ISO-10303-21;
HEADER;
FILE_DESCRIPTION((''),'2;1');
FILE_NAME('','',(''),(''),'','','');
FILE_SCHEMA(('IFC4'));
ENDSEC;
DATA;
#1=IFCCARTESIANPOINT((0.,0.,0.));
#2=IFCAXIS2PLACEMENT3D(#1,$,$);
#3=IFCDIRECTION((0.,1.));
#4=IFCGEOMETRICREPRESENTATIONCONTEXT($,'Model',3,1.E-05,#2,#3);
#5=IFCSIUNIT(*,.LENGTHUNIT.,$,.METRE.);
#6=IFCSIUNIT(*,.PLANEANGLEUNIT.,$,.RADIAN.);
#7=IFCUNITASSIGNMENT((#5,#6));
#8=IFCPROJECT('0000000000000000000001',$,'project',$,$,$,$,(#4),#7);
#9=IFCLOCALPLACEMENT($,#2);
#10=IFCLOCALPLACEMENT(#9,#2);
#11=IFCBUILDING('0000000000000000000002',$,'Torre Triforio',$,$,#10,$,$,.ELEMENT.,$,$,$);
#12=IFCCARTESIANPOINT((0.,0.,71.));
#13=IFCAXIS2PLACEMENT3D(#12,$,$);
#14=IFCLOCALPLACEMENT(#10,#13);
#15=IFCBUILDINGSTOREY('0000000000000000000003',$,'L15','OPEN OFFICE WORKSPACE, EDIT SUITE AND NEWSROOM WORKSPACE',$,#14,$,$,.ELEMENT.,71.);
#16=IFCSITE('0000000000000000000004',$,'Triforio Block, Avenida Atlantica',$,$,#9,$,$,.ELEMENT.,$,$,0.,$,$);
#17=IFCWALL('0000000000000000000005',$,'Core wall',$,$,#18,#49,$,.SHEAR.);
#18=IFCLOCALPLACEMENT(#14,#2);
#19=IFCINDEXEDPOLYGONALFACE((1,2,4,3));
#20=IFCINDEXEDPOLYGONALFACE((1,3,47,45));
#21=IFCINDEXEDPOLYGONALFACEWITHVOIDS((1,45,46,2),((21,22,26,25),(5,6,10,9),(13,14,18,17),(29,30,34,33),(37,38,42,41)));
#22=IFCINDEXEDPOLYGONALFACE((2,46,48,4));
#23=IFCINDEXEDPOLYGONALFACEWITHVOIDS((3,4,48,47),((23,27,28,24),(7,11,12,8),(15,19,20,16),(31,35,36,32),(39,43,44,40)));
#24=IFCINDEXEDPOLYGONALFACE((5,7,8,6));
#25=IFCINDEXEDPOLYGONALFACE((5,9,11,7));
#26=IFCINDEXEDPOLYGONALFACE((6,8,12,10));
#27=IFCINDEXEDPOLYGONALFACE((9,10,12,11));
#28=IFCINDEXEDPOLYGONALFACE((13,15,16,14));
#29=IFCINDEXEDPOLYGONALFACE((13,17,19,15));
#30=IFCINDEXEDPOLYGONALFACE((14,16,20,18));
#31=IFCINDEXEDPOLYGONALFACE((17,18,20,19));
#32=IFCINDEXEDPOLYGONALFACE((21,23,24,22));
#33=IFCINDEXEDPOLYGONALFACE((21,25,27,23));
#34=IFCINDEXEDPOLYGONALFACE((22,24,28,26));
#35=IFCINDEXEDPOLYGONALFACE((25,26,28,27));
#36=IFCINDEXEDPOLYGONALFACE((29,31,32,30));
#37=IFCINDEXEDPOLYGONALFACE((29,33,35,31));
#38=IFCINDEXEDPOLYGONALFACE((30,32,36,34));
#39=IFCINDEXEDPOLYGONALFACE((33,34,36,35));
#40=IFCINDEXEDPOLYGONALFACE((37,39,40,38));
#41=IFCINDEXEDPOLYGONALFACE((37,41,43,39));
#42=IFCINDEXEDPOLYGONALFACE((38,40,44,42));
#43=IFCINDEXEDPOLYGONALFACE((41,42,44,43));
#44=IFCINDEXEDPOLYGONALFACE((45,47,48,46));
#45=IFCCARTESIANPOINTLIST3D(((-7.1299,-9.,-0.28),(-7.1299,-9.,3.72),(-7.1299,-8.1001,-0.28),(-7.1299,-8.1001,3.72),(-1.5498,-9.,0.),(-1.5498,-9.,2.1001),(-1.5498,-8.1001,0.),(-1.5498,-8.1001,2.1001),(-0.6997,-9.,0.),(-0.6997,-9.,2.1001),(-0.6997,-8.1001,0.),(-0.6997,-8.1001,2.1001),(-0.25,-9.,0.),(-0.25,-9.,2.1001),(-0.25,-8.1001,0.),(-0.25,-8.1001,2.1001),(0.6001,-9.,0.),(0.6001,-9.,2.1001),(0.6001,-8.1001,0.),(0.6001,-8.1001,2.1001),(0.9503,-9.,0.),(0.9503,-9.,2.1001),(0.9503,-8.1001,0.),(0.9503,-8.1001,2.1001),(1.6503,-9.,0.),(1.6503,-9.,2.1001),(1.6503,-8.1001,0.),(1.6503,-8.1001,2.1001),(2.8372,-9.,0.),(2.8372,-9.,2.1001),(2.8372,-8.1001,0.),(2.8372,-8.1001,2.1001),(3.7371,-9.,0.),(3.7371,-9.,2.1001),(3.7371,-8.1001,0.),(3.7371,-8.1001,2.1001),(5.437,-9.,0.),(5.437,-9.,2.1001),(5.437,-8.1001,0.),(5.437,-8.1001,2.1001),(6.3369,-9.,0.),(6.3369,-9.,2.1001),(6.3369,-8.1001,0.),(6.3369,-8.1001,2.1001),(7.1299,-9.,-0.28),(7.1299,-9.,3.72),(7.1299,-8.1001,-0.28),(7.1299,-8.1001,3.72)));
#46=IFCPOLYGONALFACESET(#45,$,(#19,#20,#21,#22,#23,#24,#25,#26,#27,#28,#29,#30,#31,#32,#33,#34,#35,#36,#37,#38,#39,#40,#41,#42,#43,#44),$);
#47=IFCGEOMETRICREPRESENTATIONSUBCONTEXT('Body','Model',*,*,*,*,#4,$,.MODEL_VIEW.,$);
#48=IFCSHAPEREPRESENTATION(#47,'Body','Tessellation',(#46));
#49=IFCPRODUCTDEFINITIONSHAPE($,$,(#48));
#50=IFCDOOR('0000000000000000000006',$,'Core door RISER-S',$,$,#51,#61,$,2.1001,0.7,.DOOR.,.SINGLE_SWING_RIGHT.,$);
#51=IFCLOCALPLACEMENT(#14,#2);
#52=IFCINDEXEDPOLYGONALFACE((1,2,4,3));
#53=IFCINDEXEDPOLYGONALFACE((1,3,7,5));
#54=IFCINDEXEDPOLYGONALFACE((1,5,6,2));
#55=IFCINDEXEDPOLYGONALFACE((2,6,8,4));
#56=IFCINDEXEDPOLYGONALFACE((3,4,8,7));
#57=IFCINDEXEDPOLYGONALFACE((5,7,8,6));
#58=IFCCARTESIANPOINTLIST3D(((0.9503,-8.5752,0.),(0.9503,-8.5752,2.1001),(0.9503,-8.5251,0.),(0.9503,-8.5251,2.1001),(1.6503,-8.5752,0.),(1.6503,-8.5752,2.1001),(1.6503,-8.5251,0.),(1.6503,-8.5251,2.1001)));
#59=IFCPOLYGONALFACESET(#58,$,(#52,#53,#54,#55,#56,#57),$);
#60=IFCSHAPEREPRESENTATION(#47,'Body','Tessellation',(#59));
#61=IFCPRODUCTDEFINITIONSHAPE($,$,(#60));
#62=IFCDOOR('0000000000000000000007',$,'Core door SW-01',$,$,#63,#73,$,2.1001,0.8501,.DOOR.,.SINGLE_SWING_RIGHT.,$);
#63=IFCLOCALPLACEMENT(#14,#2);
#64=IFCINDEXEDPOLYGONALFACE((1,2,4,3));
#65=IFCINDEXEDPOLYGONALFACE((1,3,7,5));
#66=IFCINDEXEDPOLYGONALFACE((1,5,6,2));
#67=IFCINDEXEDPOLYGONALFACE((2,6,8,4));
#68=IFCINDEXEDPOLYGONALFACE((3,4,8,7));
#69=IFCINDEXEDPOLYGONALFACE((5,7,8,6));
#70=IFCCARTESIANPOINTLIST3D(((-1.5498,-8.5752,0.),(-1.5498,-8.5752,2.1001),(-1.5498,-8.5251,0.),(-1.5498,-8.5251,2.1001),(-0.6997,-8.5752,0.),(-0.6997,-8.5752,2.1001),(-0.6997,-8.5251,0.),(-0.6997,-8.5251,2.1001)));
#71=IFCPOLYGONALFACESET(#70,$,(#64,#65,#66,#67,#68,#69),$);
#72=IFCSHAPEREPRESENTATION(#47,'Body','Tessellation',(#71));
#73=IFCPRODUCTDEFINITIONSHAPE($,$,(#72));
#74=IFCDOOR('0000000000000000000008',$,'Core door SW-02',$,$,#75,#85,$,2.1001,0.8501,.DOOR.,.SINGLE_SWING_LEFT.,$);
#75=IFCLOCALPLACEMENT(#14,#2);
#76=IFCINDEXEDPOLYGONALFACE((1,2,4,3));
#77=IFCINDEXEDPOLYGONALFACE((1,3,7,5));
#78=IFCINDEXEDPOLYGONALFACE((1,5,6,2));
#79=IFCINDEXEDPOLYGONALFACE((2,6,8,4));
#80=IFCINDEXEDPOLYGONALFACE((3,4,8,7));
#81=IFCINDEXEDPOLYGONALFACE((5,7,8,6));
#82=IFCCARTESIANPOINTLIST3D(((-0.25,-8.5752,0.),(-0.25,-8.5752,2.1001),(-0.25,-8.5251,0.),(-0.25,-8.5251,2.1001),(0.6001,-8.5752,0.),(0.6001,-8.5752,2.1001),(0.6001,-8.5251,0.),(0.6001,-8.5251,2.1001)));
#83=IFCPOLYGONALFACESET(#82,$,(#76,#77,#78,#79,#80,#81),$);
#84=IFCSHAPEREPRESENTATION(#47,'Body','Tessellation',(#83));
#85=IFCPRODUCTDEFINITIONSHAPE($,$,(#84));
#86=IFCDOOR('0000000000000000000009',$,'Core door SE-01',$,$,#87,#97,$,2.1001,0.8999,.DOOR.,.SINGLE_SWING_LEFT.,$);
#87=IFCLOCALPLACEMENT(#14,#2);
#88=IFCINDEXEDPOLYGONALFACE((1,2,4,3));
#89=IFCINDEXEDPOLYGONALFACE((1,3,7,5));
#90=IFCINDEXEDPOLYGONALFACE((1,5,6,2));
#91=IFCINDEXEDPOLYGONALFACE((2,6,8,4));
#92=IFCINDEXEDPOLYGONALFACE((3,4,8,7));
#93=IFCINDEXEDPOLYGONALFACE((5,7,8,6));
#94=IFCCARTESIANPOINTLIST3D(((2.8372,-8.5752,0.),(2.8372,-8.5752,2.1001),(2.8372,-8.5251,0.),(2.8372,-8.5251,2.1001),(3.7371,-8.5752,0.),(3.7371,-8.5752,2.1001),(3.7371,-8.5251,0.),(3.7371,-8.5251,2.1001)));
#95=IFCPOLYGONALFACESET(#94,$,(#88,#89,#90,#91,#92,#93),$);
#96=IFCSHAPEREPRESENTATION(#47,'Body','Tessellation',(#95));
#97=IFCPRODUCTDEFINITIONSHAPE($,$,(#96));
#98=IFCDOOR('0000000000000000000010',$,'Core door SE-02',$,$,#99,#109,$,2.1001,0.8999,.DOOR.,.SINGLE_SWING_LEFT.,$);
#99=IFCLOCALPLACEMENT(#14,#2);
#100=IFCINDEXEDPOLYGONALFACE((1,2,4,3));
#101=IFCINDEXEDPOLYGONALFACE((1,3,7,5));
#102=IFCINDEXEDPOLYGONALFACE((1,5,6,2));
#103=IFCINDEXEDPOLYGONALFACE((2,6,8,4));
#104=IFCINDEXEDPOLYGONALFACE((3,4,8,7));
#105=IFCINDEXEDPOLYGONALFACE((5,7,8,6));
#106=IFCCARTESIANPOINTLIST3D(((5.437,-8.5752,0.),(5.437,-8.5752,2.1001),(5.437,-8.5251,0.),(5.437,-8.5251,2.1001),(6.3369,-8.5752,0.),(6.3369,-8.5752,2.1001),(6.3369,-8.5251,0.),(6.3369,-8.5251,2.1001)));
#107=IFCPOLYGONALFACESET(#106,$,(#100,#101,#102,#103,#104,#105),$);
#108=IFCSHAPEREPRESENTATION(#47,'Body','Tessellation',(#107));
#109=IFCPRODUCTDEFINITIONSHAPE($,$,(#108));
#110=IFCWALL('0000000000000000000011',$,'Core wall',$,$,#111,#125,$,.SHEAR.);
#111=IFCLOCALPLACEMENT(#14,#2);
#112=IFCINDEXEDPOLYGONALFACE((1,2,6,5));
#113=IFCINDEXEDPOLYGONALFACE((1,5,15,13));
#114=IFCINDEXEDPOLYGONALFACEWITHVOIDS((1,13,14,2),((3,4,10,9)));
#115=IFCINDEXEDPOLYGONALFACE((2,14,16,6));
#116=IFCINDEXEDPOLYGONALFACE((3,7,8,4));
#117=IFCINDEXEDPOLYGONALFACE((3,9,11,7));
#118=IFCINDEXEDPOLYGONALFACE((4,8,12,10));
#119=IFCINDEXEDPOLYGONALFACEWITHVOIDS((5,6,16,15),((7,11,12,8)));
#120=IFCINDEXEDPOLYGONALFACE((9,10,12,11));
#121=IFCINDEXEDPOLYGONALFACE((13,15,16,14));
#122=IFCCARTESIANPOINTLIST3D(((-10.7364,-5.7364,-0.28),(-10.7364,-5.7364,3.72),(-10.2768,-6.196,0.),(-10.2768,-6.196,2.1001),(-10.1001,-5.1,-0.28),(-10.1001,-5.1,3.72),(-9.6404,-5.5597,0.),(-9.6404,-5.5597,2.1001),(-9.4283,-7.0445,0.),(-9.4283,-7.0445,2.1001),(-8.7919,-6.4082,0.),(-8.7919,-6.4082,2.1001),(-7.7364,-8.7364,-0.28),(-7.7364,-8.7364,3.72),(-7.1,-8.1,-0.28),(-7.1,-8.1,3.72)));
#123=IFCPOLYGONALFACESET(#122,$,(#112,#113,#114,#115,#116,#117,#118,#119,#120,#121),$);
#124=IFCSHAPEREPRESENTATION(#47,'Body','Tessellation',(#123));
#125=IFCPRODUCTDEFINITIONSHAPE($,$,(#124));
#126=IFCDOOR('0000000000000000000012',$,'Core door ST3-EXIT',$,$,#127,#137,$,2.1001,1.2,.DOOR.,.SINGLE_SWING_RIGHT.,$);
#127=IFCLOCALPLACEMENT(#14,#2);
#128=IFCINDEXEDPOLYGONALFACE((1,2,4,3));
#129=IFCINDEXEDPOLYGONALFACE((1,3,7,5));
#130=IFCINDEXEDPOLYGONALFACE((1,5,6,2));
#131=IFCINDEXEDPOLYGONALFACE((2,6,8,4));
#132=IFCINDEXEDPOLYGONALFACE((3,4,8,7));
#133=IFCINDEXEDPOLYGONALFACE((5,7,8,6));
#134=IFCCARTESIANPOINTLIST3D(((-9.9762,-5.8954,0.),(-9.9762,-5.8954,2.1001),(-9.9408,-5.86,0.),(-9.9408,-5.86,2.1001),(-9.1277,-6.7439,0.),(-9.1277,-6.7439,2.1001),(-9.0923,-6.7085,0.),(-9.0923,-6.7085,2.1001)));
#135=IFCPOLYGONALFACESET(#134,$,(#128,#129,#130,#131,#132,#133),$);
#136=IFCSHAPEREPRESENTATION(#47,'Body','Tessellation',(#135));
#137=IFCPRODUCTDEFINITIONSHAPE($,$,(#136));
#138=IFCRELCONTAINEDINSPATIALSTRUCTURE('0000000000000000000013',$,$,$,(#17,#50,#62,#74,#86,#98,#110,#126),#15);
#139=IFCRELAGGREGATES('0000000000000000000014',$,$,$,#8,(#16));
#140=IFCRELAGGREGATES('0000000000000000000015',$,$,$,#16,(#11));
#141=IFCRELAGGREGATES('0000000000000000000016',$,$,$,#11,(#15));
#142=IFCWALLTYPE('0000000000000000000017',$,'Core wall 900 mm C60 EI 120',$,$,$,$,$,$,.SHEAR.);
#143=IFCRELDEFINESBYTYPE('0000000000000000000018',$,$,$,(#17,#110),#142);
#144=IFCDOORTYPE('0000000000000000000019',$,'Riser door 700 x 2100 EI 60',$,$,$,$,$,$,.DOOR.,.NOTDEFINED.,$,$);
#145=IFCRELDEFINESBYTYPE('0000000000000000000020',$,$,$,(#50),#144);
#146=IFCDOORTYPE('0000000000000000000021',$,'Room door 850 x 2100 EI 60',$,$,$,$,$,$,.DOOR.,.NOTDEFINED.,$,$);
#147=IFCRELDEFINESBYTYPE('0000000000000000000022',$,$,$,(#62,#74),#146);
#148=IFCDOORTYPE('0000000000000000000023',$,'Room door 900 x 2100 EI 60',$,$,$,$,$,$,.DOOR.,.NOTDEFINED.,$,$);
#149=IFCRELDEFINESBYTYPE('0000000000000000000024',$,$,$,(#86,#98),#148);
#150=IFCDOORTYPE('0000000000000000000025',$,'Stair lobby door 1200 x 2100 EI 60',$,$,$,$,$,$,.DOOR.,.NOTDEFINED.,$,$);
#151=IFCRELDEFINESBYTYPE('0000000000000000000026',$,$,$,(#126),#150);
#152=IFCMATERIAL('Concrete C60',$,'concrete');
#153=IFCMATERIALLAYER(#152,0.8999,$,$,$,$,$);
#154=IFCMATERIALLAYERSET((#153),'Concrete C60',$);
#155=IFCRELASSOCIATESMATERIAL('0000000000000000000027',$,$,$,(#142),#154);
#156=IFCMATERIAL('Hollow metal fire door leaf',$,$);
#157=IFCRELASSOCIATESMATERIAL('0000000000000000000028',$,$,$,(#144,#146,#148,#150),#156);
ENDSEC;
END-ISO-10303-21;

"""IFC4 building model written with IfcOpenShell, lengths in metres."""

from ifc_helpers import new_model, si_unit, direction, frame, frame_2d, origin, place, context, subcontext, project, spatial, rectangle, extrude, material, layer, layer_set, type_object, element, fill, save


model = new_model("IFC4")

# Units and contexts
model_context = context("Model", 3, precision=1e-05, world=origin(), true_north=direction((0.0, 1.0)))
body_context = subcontext(model_context, "Body", "Model", "MODEL_VIEW")
ifc_project = project(units=[si_unit("LENGTHUNIT", "METRE"), si_unit("PLANEANGLEUNIT", "RADIAN")], contexts=[model_context])

# Site, building, storey
site_placement = place(None, origin())
site = spatial("IfcSite", under=ifc_project, at=site_placement, Name="Triforio Block, Avenida Atlantica", CompositionType="ELEMENT", RefElevation=0.0)
building_placement = place(site_placement, origin())
building = spatial("IfcBuilding", under=site, at=building_placement, Name="Torre Triforio", CompositionType="ELEMENT")
storey_placement = place(building_placement, frame((0.0, 0.0, 71.0)))
storey = spatial("IfcBuildingStorey", under=building, at=storey_placement, Name="L15", Description="OPEN OFFICE WORKSPACE, EDIT SUITE AND NEWSROOM WORKSPACE", CompositionType="ELEMENT", Elevation=71.0)

# Shared definitions
ifc_material_1 = material(Name="Concrete C60", Category="concrete")

# Wall, openings, doors
ifc_layer_1 = layer(ifc_material_1, 0.8999)
ifc_layer_set_1 = layer_set([ifc_layer_1], Name="Concrete C60")
wall_type_1 = type_object("IfcWallType", Name="Core wall 900 mm C60 EI 120", PredefinedType="SHEAR", material=ifc_layer_set_1)
wall_1_placement = place(storey_placement, frame((-7.1299, -8.55, -0.28), z_axis=(0.0, 0.0, 1.0), x_axis=(1.0, 0.0, 0.0)))
wall_1 = element("IfcWall", 1, at=wall_1_placement, inside=storey, type_object=wall_type_1, Name="Core wall", PredefinedType="SHEAR", context=body_context, shape_type="SweptSolid", body=[
    extrude(rectangle(XDim=14.2598, YDim=0.8999, at=frame_2d((7.1299, 0.0))), origin(), (0.0, 0.0, 1.0), 4.0),
])
opening_1_placement = place(wall_1_placement, frame((8.0801, 0.0, 0.28)))
opening_1 = element("IfcOpeningElement", 2, at=opening_1_placement, cuts=wall_1, PredefinedType="OPENING", context=body_context, shape_type="SweptSolid", body=[
    extrude(rectangle(XDim=0.7, YDim=2.1001, at=frame_2d((0.3501, 1.05))), frame((0.0, 0.46, 0.0), z_axis=(0.0, -1.0, 0.0), x_axis=(1.0, 0.0, 0.0)), (0.0, 0.0, 1.0), 0.9199),
])
opening_2_placement = place(wall_1_placement, frame((5.5801, 0.0, 0.28)))
opening_2 = element("IfcOpeningElement", 3, at=opening_2_placement, cuts=wall_1, PredefinedType="OPENING", context=body_context, shape_type="SweptSolid", body=[
    extrude(rectangle(XDim=0.8501, YDim=2.1001, at=frame_2d((0.425, 1.05))), frame((0.0, 0.46, 0.0), z_axis=(0.0, -1.0, 0.0), x_axis=(1.0, 0.0, 0.0)), (0.0, 0.0, 1.0), 0.9199),
])
opening_3_placement = place(wall_1_placement, frame((6.8799, 0.0, 0.28)))
opening_3 = element("IfcOpeningElement", 4, at=opening_3_placement, cuts=wall_1, PredefinedType="OPENING", context=body_context, shape_type="SweptSolid", body=[
    extrude(rectangle(XDim=0.8501, YDim=2.1001, at=frame_2d((0.425, 1.05))), frame((0.0, 0.46, 0.0), z_axis=(0.0, -1.0, 0.0), x_axis=(1.0, 0.0, 0.0)), (0.0, 0.0, 1.0), 0.9199),
])
opening_4_placement = place(wall_1_placement, frame((9.967, 0.0, 0.28)))
opening_4 = element("IfcOpeningElement", 5, at=opening_4_placement, cuts=wall_1, PredefinedType="OPENING", context=body_context, shape_type="SweptSolid", body=[
    extrude(rectangle(XDim=0.8999, YDim=2.1001, at=frame_2d((0.45, 1.05))), frame((0.0, 0.46, 0.0), z_axis=(0.0, -1.0, 0.0), x_axis=(1.0, 0.0, 0.0)), (0.0, 0.0, 1.0), 0.9199),
])
opening_5_placement = place(wall_1_placement, frame((12.5669, 0.0, 0.28)))
opening_5 = element("IfcOpeningElement", 6, at=opening_5_placement, cuts=wall_1, PredefinedType="OPENING", context=body_context, shape_type="SweptSolid", body=[
    extrude(rectangle(XDim=0.8999, YDim=2.1001, at=frame_2d((0.45, 1.05))), frame((0.0, 0.46, 0.0), z_axis=(0.0, -1.0, 0.0), x_axis=(1.0, 0.0, 0.0)), (0.0, 0.0, 1.0), 0.9199),
])
ifc_material_2 = material(Name="Hollow metal fire door leaf")
door_type_1 = type_object("IfcDoorType", Name="Riser door 700 x 2100 EI 60", OperationType="NOTDEFINED", PredefinedType="DOOR", material=ifc_material_2)
door_1_placement = place(opening_1_placement, origin())
door_1 = element("IfcDoor", 7, at=door_1_placement, inside=storey, type_object=door_type_1, Name="Core door RISER-S", OperationType="SINGLE_SWING_RIGHT", OverallHeight=2.1001, OverallWidth=0.7, PredefinedType="DOOR", context=body_context, shape_type="SweptSolid", body=[
    extrude(rectangle(XDim=0.7, YDim=2.1001, at=frame_2d((0.3501, 1.05))), frame((0.0, 0.0249, 0.0), z_axis=(0.0, -1.0, 0.0), x_axis=(1.0, 0.0, 0.0)), (0.0, 0.0, 1.0), 0.05),
])
fill(opening_1, door_1)
door_type_2 = type_object("IfcDoorType", Name="Room door 850 x 2100 EI 60", OperationType="NOTDEFINED", PredefinedType="DOOR", material=ifc_material_2)
door_2_placement = place(opening_2_placement, origin())
door_2 = element("IfcDoor", 8, at=door_2_placement, inside=storey, type_object=door_type_2, Name="Core door SW-01", OperationType="SINGLE_SWING_RIGHT", OverallHeight=2.1001, OverallWidth=0.8501, PredefinedType="DOOR", context=body_context, shape_type="SweptSolid", body=[
    extrude(rectangle(XDim=0.8501, YDim=2.1001, at=frame_2d((0.425, 1.05))), frame((0.0, 0.0249, 0.0), z_axis=(0.0, -1.0, 0.0), x_axis=(1.0, 0.0, 0.0)), (0.0, 0.0, 1.0), 0.05),
])
fill(opening_2, door_2)
door_3_placement = place(opening_3_placement, origin())
door_3 = element("IfcDoor", 9, at=door_3_placement, inside=storey, type_object=door_type_2, Name="Core door SW-02", OperationType="SINGLE_SWING_LEFT", OverallHeight=2.1001, OverallWidth=0.8501, PredefinedType="DOOR", context=body_context, shape_type="SweptSolid", body=[
    extrude(rectangle(XDim=0.8501, YDim=2.1001, at=frame_2d((0.425, 1.05))), frame((0.0, 0.0249, 0.0), z_axis=(0.0, -1.0, 0.0), x_axis=(1.0, 0.0, 0.0)), (0.0, 0.0, 1.0), 0.05),
])
fill(opening_3, door_3)
door_type_3 = type_object("IfcDoorType", Name="Room door 900 x 2100 EI 60", OperationType="NOTDEFINED", PredefinedType="DOOR", material=ifc_material_2)
door_4_placement = place(opening_4_placement, origin())
door_4 = element("IfcDoor", 10, at=door_4_placement, inside=storey, type_object=door_type_3, Name="Core door SE-01", OperationType="SINGLE_SWING_LEFT", OverallHeight=2.1001, OverallWidth=0.8999, PredefinedType="DOOR", context=body_context, shape_type="SweptSolid", body=[
    extrude(rectangle(XDim=0.8999, YDim=2.1001, at=frame_2d((0.45, 1.05))), frame((0.0, 0.0249, 0.0), z_axis=(0.0, -1.0, 0.0), x_axis=(1.0, 0.0, 0.0)), (0.0, 0.0, 1.0), 0.05),
])
fill(opening_4, door_4)
door_5_placement = place(opening_5_placement, origin())
door_5 = element("IfcDoor", 11, at=door_5_placement, inside=storey, type_object=door_type_3, Name="Core door SE-02", OperationType="SINGLE_SWING_LEFT", OverallHeight=2.1001, OverallWidth=0.8999, PredefinedType="DOOR", context=body_context, shape_type="SweptSolid", body=[
    extrude(rectangle(XDim=0.8999, YDim=2.1001, at=frame_2d((0.45, 1.05))), frame((0.0, 0.0249, 0.0), z_axis=(0.0, -1.0, 0.0), x_axis=(1.0, 0.0, 0.0)), (0.0, 0.0, 1.0), 0.05),
])
fill(opening_5, door_5)

# Wall, opening, door
wall_2_placement = place(storey_placement, frame((-7.4182, -8.4182, -0.28), z_axis=(0.0, 0.0, 1.0), x_axis=(-0.707107, 0.707107, 0.0)))
wall_2 = element("IfcWall", 12, at=wall_2_placement, inside=storey, type_object=wall_type_1, Name="Core wall", PredefinedType="SHEAR", context=body_context, shape_type="SweptSolid", body=[
    extrude(rectangle(XDim=4.2427, YDim=0.8999, at=frame_2d((2.1213, 0.0))), origin(), (0.0, 0.0, 1.0), 4.0),
])
opening_6_placement = place(wall_2_placement, frame((2.3926, 0.0, 0.28)))
opening_6 = element("IfcOpeningElement", 13, at=opening_6_placement, cuts=wall_2, PredefinedType="OPENING", context=body_context, shape_type="SweptSolid", body=[
    extrude(rectangle(XDim=1.2, YDim=2.1001, at=frame_2d((0.6001, 1.05))), frame((0.0, 0.46, 0.0), z_axis=(0.0, -1.0, 0.0), x_axis=(1.0, 0.0, 0.0)), (0.0, 0.0, 1.0), 0.9199),
])
door_type_4 = type_object("IfcDoorType", Name="Stair lobby door 1200 x 2100 EI 60", OperationType="NOTDEFINED", PredefinedType="DOOR", material=ifc_material_2)
door_6_placement = place(opening_6_placement, origin())
door_6 = element("IfcDoor", 14, at=door_6_placement, inside=storey, type_object=door_type_4, Name="Core door ST3-EXIT", OperationType="SINGLE_SWING_RIGHT", OverallHeight=2.1001, OverallWidth=1.2, PredefinedType="DOOR", context=body_context, shape_type="SweptSolid", body=[
    extrude(rectangle(XDim=1.2, YDim=2.1001, at=frame_2d((0.6001, 1.05))), frame((0.0, 0.0249, 0.0), z_axis=(0.0, -1.0, 0.0), x_axis=(1.0, 0.0, 0.0)), (0.0, 0.0, 1.0), 0.05),
])
fill(opening_6, door_6)

save(model, "model.ifc")
